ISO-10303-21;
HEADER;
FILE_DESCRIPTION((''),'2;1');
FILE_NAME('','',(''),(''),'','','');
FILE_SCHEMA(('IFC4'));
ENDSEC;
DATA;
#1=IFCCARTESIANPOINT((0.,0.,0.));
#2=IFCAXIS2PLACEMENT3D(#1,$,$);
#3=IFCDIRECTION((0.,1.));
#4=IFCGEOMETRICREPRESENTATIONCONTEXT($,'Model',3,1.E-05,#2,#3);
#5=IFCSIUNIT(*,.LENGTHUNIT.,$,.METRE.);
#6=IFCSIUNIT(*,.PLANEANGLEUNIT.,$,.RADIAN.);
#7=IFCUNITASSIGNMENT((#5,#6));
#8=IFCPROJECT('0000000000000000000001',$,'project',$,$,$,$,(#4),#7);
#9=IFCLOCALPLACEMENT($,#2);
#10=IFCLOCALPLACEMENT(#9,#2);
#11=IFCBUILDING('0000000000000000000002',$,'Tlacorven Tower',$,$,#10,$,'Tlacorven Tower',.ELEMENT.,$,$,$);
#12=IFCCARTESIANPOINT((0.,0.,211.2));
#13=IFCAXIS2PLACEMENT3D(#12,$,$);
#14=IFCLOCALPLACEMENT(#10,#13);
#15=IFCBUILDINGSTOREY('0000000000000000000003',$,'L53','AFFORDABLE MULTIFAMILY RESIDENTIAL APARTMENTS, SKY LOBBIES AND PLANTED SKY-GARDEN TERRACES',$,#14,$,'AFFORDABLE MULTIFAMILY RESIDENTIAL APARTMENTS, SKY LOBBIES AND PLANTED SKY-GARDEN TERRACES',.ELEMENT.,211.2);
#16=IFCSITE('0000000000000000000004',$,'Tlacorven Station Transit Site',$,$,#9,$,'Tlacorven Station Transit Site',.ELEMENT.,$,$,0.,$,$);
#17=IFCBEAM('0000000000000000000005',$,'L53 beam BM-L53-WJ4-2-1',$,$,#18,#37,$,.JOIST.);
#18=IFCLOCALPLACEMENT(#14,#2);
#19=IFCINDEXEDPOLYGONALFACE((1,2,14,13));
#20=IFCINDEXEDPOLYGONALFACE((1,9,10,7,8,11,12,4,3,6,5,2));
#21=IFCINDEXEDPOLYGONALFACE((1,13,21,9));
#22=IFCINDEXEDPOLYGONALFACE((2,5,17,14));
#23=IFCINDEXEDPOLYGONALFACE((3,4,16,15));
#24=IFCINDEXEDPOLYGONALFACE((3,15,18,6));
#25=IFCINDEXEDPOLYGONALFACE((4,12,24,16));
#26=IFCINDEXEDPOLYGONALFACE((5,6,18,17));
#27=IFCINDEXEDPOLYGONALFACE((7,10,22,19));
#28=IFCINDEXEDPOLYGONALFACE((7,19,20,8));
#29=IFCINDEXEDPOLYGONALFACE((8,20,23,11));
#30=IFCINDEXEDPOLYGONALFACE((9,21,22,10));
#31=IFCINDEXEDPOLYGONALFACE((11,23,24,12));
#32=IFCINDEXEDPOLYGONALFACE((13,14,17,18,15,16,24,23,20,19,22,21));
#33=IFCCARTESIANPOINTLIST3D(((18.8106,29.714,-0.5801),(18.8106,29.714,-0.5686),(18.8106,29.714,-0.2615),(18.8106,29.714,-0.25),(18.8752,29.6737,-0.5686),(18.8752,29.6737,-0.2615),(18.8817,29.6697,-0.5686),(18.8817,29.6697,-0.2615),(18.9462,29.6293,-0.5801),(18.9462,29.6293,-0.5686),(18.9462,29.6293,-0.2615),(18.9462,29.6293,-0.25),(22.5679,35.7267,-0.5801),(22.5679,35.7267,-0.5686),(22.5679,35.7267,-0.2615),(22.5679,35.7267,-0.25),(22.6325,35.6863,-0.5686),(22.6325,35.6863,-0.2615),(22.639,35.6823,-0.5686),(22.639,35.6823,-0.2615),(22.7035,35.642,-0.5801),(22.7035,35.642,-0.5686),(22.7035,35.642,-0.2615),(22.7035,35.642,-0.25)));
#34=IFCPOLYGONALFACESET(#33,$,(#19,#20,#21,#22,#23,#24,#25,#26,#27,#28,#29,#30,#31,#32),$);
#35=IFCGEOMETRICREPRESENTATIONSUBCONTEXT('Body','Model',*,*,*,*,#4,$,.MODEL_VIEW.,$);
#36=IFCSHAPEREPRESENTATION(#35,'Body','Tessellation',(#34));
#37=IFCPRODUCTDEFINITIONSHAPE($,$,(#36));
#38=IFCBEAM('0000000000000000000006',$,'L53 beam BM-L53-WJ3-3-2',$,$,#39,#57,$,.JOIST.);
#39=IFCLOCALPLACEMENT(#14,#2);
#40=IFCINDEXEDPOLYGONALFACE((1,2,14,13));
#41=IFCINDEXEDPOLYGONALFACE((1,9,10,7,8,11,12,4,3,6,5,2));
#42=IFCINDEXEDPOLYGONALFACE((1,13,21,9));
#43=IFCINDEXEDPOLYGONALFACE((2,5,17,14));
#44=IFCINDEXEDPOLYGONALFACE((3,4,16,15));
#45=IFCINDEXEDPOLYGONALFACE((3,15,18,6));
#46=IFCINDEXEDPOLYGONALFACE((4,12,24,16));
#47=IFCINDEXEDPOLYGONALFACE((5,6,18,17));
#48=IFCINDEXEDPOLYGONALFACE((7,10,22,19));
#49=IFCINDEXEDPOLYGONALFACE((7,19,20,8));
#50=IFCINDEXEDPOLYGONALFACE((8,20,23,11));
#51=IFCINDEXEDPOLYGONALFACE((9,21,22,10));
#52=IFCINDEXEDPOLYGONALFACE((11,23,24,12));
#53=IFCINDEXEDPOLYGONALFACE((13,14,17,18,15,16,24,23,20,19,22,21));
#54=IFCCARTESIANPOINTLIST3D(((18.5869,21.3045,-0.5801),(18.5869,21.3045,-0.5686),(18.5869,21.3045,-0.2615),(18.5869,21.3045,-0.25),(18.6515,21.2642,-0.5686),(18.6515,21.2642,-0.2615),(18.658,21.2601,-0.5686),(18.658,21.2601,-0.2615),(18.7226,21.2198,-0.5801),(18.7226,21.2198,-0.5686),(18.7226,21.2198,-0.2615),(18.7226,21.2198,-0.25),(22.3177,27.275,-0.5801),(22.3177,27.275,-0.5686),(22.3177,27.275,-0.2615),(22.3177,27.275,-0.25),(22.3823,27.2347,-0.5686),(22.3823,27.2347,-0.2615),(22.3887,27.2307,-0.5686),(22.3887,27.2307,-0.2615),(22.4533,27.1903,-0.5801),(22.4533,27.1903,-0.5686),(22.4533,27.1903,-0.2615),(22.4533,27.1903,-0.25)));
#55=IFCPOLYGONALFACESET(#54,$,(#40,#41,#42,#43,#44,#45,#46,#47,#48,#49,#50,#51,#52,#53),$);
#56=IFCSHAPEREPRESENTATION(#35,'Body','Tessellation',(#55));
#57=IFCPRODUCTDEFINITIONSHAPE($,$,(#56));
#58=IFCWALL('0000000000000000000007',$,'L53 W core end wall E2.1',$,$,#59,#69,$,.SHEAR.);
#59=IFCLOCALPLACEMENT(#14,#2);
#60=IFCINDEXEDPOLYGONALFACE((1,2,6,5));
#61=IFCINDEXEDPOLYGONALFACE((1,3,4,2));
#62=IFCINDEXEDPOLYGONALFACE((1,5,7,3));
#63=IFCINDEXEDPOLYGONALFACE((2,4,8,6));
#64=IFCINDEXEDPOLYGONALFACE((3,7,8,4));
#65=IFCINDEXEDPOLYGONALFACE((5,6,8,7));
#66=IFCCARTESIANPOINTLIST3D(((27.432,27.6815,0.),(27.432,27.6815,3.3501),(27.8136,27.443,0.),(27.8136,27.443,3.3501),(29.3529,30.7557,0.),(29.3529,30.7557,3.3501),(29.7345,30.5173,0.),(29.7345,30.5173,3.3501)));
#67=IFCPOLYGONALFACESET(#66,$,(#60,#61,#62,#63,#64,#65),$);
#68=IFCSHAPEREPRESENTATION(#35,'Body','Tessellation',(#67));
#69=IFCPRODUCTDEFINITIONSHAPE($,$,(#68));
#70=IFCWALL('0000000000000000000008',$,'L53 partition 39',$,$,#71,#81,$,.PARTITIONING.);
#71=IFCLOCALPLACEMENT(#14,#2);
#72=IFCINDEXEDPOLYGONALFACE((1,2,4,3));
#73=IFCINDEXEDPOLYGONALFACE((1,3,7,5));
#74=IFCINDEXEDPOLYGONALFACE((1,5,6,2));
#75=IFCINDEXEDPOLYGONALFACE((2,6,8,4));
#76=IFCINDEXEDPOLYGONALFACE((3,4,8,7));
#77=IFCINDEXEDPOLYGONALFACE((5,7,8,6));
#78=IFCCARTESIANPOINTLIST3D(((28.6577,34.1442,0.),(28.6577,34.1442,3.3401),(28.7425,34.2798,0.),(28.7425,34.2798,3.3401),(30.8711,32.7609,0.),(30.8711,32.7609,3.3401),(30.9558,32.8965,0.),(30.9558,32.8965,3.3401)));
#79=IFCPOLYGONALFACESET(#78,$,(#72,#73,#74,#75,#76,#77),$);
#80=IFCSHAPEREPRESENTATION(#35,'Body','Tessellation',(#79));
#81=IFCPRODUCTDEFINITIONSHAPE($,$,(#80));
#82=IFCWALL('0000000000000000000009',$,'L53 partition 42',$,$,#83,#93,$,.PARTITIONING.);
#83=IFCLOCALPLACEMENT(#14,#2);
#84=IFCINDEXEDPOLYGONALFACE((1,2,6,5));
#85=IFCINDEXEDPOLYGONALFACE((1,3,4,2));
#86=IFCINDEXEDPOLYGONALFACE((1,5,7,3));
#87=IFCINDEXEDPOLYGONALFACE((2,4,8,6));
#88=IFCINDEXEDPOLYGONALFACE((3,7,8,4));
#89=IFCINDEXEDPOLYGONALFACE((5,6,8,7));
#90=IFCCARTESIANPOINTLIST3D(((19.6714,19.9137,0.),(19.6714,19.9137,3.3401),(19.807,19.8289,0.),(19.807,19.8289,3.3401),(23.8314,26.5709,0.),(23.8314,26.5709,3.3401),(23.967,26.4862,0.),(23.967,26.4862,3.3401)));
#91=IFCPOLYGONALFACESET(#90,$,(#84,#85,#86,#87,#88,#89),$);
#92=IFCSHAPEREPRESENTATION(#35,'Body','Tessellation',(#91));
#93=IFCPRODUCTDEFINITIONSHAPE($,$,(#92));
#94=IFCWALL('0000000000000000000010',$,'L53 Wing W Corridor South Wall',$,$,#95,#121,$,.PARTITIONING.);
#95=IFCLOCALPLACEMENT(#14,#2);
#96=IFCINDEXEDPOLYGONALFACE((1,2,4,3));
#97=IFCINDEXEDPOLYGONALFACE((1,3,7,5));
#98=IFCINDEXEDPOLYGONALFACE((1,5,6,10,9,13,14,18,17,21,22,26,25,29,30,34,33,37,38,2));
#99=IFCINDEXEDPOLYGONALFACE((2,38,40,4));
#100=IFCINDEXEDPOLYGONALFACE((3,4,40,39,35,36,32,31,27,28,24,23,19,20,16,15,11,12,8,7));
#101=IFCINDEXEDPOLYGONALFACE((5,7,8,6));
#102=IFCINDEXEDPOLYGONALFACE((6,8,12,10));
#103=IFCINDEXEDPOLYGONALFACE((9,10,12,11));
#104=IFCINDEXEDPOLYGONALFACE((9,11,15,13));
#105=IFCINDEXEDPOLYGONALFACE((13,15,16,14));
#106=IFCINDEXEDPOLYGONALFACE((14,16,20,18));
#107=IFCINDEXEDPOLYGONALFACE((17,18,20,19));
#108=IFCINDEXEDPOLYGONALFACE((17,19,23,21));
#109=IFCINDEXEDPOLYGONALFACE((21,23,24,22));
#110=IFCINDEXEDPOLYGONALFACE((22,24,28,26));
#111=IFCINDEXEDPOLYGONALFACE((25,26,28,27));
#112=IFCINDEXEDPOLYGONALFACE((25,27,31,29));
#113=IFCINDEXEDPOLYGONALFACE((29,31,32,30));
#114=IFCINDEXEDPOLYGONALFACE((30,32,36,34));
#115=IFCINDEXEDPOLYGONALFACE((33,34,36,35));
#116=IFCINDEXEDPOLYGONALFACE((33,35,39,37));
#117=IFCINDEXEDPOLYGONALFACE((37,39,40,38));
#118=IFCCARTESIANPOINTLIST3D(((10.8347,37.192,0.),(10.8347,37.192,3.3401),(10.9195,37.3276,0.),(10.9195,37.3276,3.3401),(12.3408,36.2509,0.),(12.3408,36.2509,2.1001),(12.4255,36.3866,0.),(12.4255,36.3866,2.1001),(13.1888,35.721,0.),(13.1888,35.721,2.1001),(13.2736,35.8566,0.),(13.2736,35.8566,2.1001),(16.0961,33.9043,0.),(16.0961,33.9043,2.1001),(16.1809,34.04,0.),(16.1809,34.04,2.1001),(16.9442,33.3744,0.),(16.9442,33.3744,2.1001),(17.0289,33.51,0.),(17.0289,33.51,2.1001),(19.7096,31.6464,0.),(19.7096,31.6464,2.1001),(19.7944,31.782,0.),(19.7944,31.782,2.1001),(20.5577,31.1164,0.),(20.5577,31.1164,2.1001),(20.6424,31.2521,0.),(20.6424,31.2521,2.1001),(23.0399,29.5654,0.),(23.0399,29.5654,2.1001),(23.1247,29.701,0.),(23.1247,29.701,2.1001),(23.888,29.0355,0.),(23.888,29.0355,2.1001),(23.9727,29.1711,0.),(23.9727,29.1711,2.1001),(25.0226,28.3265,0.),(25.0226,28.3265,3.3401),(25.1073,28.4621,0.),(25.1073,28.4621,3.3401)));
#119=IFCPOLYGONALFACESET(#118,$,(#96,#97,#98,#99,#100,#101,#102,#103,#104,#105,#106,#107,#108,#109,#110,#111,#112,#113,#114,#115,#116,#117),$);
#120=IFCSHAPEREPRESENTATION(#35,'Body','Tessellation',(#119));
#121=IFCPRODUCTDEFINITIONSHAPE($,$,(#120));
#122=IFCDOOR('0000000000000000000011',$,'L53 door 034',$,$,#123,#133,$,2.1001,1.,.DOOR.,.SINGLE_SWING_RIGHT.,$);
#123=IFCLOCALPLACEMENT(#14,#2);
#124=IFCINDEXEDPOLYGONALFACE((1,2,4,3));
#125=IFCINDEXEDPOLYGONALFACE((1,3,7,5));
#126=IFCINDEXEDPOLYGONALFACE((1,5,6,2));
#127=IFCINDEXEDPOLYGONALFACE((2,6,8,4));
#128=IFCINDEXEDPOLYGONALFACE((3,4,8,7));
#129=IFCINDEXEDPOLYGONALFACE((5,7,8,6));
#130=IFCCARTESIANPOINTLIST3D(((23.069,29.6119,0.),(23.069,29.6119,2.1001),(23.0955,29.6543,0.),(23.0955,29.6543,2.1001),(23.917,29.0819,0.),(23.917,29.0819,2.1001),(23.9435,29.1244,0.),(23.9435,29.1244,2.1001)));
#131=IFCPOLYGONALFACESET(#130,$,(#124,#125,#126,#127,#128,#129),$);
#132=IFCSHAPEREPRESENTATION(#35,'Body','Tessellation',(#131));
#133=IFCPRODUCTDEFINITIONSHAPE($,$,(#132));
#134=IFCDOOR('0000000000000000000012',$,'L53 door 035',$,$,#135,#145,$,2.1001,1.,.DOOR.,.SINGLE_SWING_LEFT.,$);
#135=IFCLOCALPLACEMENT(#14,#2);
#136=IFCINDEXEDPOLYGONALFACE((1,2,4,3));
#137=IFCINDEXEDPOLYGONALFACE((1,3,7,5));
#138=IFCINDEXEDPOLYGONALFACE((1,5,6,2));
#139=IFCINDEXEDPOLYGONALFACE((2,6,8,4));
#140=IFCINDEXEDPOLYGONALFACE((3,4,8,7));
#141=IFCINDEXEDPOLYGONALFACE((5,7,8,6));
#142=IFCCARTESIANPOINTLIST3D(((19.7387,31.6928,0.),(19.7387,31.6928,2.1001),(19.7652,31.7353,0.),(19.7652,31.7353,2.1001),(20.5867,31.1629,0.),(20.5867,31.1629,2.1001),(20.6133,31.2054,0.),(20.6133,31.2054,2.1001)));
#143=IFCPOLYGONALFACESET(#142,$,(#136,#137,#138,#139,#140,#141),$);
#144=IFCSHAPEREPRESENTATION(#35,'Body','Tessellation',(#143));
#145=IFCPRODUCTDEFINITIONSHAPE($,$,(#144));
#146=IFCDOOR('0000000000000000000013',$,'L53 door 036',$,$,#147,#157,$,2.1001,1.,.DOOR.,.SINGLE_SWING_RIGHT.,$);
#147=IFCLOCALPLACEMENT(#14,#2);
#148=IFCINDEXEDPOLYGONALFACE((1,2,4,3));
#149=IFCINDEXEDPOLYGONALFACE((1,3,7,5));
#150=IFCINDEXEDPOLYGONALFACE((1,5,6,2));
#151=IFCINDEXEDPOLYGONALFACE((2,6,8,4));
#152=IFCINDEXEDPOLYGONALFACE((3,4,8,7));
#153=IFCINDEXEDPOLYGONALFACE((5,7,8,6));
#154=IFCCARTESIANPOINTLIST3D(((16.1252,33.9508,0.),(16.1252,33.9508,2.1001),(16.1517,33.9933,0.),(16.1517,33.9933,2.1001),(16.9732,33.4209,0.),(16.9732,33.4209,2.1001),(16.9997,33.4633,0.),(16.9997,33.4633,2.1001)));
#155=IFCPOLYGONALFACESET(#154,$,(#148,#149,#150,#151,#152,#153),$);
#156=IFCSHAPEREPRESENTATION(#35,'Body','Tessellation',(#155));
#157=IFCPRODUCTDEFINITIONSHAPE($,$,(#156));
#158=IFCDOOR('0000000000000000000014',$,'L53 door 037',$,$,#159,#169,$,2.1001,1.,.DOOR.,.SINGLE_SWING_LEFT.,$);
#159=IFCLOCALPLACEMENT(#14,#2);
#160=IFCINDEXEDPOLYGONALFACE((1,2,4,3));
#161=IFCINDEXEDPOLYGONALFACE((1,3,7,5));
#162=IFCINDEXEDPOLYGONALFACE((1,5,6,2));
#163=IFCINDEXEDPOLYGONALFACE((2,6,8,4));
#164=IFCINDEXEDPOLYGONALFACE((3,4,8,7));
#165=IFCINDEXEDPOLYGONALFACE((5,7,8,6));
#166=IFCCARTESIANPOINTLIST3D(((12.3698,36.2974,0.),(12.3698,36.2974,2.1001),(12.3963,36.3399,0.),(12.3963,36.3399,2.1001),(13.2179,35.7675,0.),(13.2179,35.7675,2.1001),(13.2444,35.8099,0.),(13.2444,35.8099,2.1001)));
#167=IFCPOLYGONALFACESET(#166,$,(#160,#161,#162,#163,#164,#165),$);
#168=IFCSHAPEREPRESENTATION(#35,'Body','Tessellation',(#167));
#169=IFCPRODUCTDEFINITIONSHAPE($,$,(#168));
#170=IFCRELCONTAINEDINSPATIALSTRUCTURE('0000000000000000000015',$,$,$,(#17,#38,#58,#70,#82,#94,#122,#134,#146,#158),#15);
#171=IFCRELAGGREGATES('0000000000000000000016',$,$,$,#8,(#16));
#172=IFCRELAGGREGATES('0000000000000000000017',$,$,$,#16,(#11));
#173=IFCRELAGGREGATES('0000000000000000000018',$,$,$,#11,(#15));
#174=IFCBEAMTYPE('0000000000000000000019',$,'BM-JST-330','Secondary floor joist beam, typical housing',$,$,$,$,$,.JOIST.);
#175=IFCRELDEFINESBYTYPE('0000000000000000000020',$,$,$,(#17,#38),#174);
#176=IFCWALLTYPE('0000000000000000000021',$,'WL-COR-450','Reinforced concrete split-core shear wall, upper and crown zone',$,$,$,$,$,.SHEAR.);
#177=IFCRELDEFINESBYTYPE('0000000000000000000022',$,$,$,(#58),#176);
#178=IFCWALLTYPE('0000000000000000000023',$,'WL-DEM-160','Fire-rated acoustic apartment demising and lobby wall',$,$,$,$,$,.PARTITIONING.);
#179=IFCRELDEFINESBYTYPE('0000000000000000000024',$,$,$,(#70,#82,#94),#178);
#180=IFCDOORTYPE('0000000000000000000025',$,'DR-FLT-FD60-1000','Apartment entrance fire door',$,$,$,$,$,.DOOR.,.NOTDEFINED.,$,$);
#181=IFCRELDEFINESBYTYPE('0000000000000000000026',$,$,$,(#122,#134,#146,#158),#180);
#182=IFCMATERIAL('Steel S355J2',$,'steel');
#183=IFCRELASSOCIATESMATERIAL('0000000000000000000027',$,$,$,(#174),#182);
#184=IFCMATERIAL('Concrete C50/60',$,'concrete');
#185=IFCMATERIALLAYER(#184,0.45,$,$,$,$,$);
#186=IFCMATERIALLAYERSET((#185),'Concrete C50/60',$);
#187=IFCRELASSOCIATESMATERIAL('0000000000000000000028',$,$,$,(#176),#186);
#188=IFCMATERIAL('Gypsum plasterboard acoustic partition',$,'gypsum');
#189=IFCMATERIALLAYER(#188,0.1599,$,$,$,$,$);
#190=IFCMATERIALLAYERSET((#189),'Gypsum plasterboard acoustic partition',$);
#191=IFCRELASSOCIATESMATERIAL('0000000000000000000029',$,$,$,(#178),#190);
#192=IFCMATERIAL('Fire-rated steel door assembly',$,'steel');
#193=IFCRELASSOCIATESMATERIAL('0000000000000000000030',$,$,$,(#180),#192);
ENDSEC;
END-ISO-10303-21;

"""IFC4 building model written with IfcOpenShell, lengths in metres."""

from ifc_helpers import new_model, si_unit, direction, frame, frame_2d, origin, origin_2d, place, context, subcontext, project, spatial, rectangle, i_section, extrude, source, transform, mapped, material, layer, layer_set, material_profile, profile_set, type_object, element, fill, save


model = new_model("IFC4")

# Units and contexts
model_context = context("Model", 3, precision=1e-05, world=origin(), true_north=direction((0.0, 1.0)))
body_context = subcontext(model_context, "Body", "Model", "MODEL_VIEW")
ifc_project = project(units=[si_unit("LENGTHUNIT", "METRE"), si_unit("PLANEANGLEUNIT", "RADIAN")], contexts=[model_context])

# Site, building, storey
site_placement = place(None, origin())
site = spatial("IfcSite", under=ifc_project, at=site_placement, Name="Tlacorven Station Transit Site", LongName="Tlacorven Station Transit Site", CompositionType="ELEMENT", RefElevation=0.0)
building_placement = place(site_placement, origin())
building = spatial("IfcBuilding", under=site, at=building_placement, Name="Tlacorven Tower", LongName="Tlacorven Tower", CompositionType="ELEMENT")
storey_placement = place(building_placement, frame((0.0, 0.0, 211.2)))
storey = spatial("IfcBuildingStorey", under=building, at=storey_placement, Name="L53", Description="AFFORDABLE MULTIFAMILY RESIDENTIAL APARTMENTS, SKY LOBBIES AND PLANTED SKY-GARDEN TERRACES", LongName="AFFORDABLE MULTIFAMILY RESIDENTIAL APARTMENTS, SKY LOBBIES AND PLANTED SKY-GARDEN TERRACES", CompositionType="ELEMENT", Elevation=211.2)

# Beams
ifc_material_1 = material(Name="Steel S355J2", Category="steel")
ifc_material_profile_1 = material_profile(ifc_material_1, i_section(OverallWidth=0.1599, OverallDepth=0.3301, WebThickness=0.0076, FlangeThickness=0.0115, at=origin_2d()), Name="IPE 330")
ifc_profile_set_1 = profile_set([ifc_material_profile_1], Name="Steel S355J2")
beam_type_1 = type_object("IfcBeamType", Name="BM-JST-330", Description="Secondary floor joist beam, typical housing", PredefinedType="JOIST", material=ifc_profile_set_1)
shared_shape_1 = source(origin(), body_context, "Body", "SweptSolid", [
    extrude(i_section(OverallWidth=0.1599, OverallDepth=0.3301, WebThickness=0.0076, FlangeThickness=0.0115, at=origin_2d()), origin(), (0.0, 0.0, 1.0), 7.0901),
])
for number, where, z_axis, x_axis, name in (
    (1, (22.6357, 35.6843, -0.415), (-0.529937, -0.848037, 0.0), (0.848037, -0.529937, 0.0), "L53 beam BM-L53-WJ4-2-1"),
):
    element("IfcBeam", number, at=place(storey_placement, frame(where, z_axis=z_axis, x_axis=x_axis)), inside=storey, type_object=beam_type_1, Name=name, PredefinedType="JOIST", context=body_context, shape_type="MappedRepresentation", body=[
        mapped(shared_shape_1, transform((0.0, 0.0, 0.0), scale=1.0)),
    ])
shared_shape_2 = source(origin(), body_context, "Body", "SweptSolid", [
    extrude(i_section(OverallWidth=0.1599, OverallDepth=0.3301, WebThickness=0.0076, FlangeThickness=0.0115, at=origin_2d()), origin(), (0.0, 0.0, 1.0), 7.0403),
])
beam_1_placement = place(storey_placement, frame((22.3855, 27.2327, -0.415), z_axis=(-0.529915, -0.848051, 0.0), x_axis=(0.848051, -0.529915, 0.0)))
element("IfcBeam", 2, at=beam_1_placement, inside=storey, type_object=beam_type_1, Name="L53 beam BM-L53-WJ3-3-2", PredefinedType="JOIST", context=body_context, shape_type="MappedRepresentation", body=[
    mapped(shared_shape_2, transform((0.0, 0.0, 0.0), scale=1.0)),
])

# Walls
ifc_material_2 = material(Name="Concrete C50/60", Category="concrete")
ifc_layer_1 = layer(ifc_material_2, 0.45)
ifc_layer_set_1 = layer_set([ifc_layer_1], Name="Concrete C50/60")
wall_type_1 = type_object("IfcWallType", Name="WL-COR-450", Description="Reinforced concrete split-core shear wall, upper and crown zone", PredefinedType="SHEAR", material=ifc_layer_set_1)
wall_1_placement = place(storey_placement, frame((29.5437, 30.6365, 0.0), z_axis=(0.0, 0.0, 1.0), x_axis=(-0.529902, -0.848059, 0.0)))
element("IfcWall", 3, at=wall_1_placement, inside=storey, type_object=wall_type_1, Name="L53 W core end wall E2.1", PredefinedType="SHEAR", context=body_context, shape_type="SweptSolid", body=[
    extrude(rectangle(XDim=3.625, YDim=0.45, at=frame_2d((1.8125, 0.0))), origin(), (0.0, 0.0, 1.0), 3.3501),
])
ifc_material_3 = material(Name="Gypsum plasterboard acoustic partition", Category="gypsum")
ifc_layer_2 = layer(ifc_material_3, 0.1599)
ifc_layer_set_2 = layer_set([ifc_layer_2], Name="Gypsum plasterboard acoustic partition")
wall_type_2 = type_object("IfcWallType", Name="WL-DEM-160", Description="Fire-rated acoustic apartment demising and lobby wall", PredefinedType="PARTITIONING", material=ifc_layer_set_2)
wall_2_placement = place(storey_placement, frame((30.9136, 32.8286, 0.0), z_axis=(0.0, 0.0, 1.0), x_axis=(-0.848009, 0.529982, 0.0)))
element("IfcWall", 4, at=wall_2_placement, inside=storey, type_object=wall_type_2, Name="L53 partition 39", PredefinedType="PARTITIONING", context=body_context, shape_type="SweptSolid", body=[
    extrude(rectangle(XDim=2.6101, YDim=0.1599, at=frame_2d((1.3052, 0.0))), origin(), (0.0, 0.0, 1.0), 3.3401),
])
wall_3_placement = place(storey_placement, frame((23.8992, 26.5286, 0.0), z_axis=(0.0, 0.0, 1.0), x_axis=(-0.529921, -0.848047, 0.0)))
element("IfcWall", 5, at=wall_3_placement, inside=storey, type_object=wall_type_2, Name="L53 partition 42", PredefinedType="PARTITIONING", context=body_context, shape_type="SweptSolid", body=[
    extrude(rectangle(XDim=7.8501, YDim=0.1599, at=frame_2d((3.925, 0.0))), origin(), (0.0, 0.0, 1.0), 3.3401),
])

# Wall, openings, doors
wall_4_placement = place(storey_placement, frame((25.0649, 28.3943, 0.0), z_axis=(0.0, 0.0, 1.0), x_axis=(-0.848048, 0.529919, 0.0)))
wall_4 = element("IfcWall", 6, at=wall_4_placement, inside=storey, type_object=wall_type_2, Name="L53 Wing W Corridor South Wall", PredefinedType="PARTITIONING", context=body_context, shape_type="SweptSolid", body=[
    extrude(rectangle(XDim=16.73, YDim=0.1599, at=frame_2d((8.365, 0.0))), origin(), (0.0, 0.0, 1.0), 3.3401),
])
opening_1_placement = place(wall_4_placement, frame((1.3379, 0.0, 0.0)))
opening_1 = element("IfcOpeningElement", 7, at=opening_1_placement, cuts=wall_4, PredefinedType="OPENING", context=body_context, shape_type="SweptSolid", body=[
    extrude(rectangle(XDim=1.0, YDim=2.1001, at=frame_2d((0.5, 1.05))), frame((0.0, 0.0898, 0.0), z_axis=(0.0, -1.0, 0.0), x_axis=(1.0, 0.0, 0.0)), (0.0, 0.0, 1.0), 0.1799),
])
opening_2_placement = place(wall_4_placement, frame((5.2649, 0.0, 0.0)))
opening_2 = element("IfcOpeningElement", 8, at=opening_2_placement, cuts=wall_4, PredefinedType="OPENING", context=body_context, shape_type="SweptSolid", body=[
    extrude(rectangle(XDim=1.0, YDim=2.1001, at=frame_2d((0.5, 1.05))), frame((0.0, 0.0898, 0.0), z_axis=(0.0, -1.0, 0.0), x_axis=(1.0, 0.0, 0.0)), (0.0, 0.0, 1.0), 0.1799),
])
opening_3_placement = place(wall_4_placement, frame((9.5259, 0.0, 0.0)))
opening_3 = element("IfcOpeningElement", 9, at=opening_3_placement, cuts=wall_4, PredefinedType="OPENING", context=body_context, shape_type="SweptSolid", body=[
    extrude(rectangle(XDim=1.0, YDim=2.1001, at=frame_2d((0.5, 1.05))), frame((0.0, 0.0898, 0.0), z_axis=(0.0, -1.0, 0.0), x_axis=(1.0, 0.0, 0.0)), (0.0, 0.0, 1.0), 0.1799),
])
opening_4_placement = place(wall_4_placement, frame((13.9541, 0.0, 0.0)))
opening_4 = element("IfcOpeningElement", 10, at=opening_4_placement, cuts=wall_4, PredefinedType="OPENING", context=body_context, shape_type="SweptSolid", body=[
    extrude(rectangle(XDim=1.0, YDim=2.1001, at=frame_2d((0.5, 1.05))), frame((0.0, 0.0898, 0.0), z_axis=(0.0, -1.0, 0.0), x_axis=(1.0, 0.0, 0.0)), (0.0, 0.0, 1.0), 0.1799),
])
ifc_material_4 = material(Name="Fire-rated steel door assembly", Category="steel")
door_type_1 = type_object("IfcDoorType", Name="DR-FLT-FD60-1000", Description="Apartment entrance fire door", OperationType="NOTDEFINED", PredefinedType="DOOR", material=ifc_material_4)
shared_shape_3 = source(origin(), body_context, "Body", "SweptSolid", [
    extrude(rectangle(XDim=1.0, YDim=2.1001, at=frame_2d((0.5, 1.05))), frame((0.0, 0.0249, 0.0), z_axis=(0.0, -1.0, 0.0), x_axis=(1.0, 0.0, 0.0)), (0.0, 0.0, 1.0), 0.05),
])
door_1_placement = place(opening_1_placement, frame((1.0, 0.0, 0.0), z_axis=(0.0, 0.0, 1.0), x_axis=(-1.0, 0.0, 0.0)))
door_1 = element("IfcDoor", 11, at=door_1_placement, inside=storey, type_object=door_type_1, Name="L53 door 034", OperationType="SINGLE_SWING_RIGHT", OverallHeight=2.1001, OverallWidth=1.0, PredefinedType="DOOR", context=body_context, shape_type="MappedRepresentation", body=[
    mapped(shared_shape_3, transform((0.0, 0.0, 0.0), scale=1.0)),
])
fill(opening_1, door_1)
door_2_placement = place(opening_2_placement, frame((1.0, 0.0, 0.0), z_axis=(0.0, 0.0, 1.0), x_axis=(-1.0, 0.0, 0.0)))
door_2 = element("IfcDoor", 12, at=door_2_placement, inside=storey, type_object=door_type_1, Name="L53 door 035", OperationType="SINGLE_SWING_LEFT", OverallHeight=2.1001, OverallWidth=1.0, PredefinedType="DOOR", context=body_context, shape_type="MappedRepresentation", body=[
    mapped(shared_shape_3, transform((0.0, 0.0, 0.0), scale=1.0)),
])
fill(opening_2, door_2)
door_3_placement = place(opening_3_placement, frame((1.0, 0.0, 0.0), z_axis=(0.0, 0.0, 1.0), x_axis=(-1.0, 0.0, 0.0)))
door_3 = element("IfcDoor", 13, at=door_3_placement, inside=storey, type_object=door_type_1, Name="L53 door 036", OperationType="SINGLE_SWING_RIGHT", OverallHeight=2.1001, OverallWidth=1.0, PredefinedType="DOOR", context=body_context, shape_type="MappedRepresentation", body=[
    mapped(shared_shape_3, transform((0.0, 0.0, 0.0), scale=1.0)),
])
fill(opening_3, door_3)
door_4_placement = place(opening_4_placement, frame((1.0, 0.0, 0.0), z_axis=(0.0, 0.0, 1.0), x_axis=(-1.0, 0.0, 0.0)))
door_4 = element("IfcDoor", 14, at=door_4_placement, inside=storey, type_object=door_type_1, Name="L53 door 037", OperationType="SINGLE_SWING_LEFT", OverallHeight=2.1001, OverallWidth=1.0, PredefinedType="DOOR", context=body_context, shape_type="MappedRepresentation", body=[
    mapped(shared_shape_3, transform((0.0, 0.0, 0.0), scale=1.0)),
])
fill(opening_4, door_4)

save(model, "model.ifc")
